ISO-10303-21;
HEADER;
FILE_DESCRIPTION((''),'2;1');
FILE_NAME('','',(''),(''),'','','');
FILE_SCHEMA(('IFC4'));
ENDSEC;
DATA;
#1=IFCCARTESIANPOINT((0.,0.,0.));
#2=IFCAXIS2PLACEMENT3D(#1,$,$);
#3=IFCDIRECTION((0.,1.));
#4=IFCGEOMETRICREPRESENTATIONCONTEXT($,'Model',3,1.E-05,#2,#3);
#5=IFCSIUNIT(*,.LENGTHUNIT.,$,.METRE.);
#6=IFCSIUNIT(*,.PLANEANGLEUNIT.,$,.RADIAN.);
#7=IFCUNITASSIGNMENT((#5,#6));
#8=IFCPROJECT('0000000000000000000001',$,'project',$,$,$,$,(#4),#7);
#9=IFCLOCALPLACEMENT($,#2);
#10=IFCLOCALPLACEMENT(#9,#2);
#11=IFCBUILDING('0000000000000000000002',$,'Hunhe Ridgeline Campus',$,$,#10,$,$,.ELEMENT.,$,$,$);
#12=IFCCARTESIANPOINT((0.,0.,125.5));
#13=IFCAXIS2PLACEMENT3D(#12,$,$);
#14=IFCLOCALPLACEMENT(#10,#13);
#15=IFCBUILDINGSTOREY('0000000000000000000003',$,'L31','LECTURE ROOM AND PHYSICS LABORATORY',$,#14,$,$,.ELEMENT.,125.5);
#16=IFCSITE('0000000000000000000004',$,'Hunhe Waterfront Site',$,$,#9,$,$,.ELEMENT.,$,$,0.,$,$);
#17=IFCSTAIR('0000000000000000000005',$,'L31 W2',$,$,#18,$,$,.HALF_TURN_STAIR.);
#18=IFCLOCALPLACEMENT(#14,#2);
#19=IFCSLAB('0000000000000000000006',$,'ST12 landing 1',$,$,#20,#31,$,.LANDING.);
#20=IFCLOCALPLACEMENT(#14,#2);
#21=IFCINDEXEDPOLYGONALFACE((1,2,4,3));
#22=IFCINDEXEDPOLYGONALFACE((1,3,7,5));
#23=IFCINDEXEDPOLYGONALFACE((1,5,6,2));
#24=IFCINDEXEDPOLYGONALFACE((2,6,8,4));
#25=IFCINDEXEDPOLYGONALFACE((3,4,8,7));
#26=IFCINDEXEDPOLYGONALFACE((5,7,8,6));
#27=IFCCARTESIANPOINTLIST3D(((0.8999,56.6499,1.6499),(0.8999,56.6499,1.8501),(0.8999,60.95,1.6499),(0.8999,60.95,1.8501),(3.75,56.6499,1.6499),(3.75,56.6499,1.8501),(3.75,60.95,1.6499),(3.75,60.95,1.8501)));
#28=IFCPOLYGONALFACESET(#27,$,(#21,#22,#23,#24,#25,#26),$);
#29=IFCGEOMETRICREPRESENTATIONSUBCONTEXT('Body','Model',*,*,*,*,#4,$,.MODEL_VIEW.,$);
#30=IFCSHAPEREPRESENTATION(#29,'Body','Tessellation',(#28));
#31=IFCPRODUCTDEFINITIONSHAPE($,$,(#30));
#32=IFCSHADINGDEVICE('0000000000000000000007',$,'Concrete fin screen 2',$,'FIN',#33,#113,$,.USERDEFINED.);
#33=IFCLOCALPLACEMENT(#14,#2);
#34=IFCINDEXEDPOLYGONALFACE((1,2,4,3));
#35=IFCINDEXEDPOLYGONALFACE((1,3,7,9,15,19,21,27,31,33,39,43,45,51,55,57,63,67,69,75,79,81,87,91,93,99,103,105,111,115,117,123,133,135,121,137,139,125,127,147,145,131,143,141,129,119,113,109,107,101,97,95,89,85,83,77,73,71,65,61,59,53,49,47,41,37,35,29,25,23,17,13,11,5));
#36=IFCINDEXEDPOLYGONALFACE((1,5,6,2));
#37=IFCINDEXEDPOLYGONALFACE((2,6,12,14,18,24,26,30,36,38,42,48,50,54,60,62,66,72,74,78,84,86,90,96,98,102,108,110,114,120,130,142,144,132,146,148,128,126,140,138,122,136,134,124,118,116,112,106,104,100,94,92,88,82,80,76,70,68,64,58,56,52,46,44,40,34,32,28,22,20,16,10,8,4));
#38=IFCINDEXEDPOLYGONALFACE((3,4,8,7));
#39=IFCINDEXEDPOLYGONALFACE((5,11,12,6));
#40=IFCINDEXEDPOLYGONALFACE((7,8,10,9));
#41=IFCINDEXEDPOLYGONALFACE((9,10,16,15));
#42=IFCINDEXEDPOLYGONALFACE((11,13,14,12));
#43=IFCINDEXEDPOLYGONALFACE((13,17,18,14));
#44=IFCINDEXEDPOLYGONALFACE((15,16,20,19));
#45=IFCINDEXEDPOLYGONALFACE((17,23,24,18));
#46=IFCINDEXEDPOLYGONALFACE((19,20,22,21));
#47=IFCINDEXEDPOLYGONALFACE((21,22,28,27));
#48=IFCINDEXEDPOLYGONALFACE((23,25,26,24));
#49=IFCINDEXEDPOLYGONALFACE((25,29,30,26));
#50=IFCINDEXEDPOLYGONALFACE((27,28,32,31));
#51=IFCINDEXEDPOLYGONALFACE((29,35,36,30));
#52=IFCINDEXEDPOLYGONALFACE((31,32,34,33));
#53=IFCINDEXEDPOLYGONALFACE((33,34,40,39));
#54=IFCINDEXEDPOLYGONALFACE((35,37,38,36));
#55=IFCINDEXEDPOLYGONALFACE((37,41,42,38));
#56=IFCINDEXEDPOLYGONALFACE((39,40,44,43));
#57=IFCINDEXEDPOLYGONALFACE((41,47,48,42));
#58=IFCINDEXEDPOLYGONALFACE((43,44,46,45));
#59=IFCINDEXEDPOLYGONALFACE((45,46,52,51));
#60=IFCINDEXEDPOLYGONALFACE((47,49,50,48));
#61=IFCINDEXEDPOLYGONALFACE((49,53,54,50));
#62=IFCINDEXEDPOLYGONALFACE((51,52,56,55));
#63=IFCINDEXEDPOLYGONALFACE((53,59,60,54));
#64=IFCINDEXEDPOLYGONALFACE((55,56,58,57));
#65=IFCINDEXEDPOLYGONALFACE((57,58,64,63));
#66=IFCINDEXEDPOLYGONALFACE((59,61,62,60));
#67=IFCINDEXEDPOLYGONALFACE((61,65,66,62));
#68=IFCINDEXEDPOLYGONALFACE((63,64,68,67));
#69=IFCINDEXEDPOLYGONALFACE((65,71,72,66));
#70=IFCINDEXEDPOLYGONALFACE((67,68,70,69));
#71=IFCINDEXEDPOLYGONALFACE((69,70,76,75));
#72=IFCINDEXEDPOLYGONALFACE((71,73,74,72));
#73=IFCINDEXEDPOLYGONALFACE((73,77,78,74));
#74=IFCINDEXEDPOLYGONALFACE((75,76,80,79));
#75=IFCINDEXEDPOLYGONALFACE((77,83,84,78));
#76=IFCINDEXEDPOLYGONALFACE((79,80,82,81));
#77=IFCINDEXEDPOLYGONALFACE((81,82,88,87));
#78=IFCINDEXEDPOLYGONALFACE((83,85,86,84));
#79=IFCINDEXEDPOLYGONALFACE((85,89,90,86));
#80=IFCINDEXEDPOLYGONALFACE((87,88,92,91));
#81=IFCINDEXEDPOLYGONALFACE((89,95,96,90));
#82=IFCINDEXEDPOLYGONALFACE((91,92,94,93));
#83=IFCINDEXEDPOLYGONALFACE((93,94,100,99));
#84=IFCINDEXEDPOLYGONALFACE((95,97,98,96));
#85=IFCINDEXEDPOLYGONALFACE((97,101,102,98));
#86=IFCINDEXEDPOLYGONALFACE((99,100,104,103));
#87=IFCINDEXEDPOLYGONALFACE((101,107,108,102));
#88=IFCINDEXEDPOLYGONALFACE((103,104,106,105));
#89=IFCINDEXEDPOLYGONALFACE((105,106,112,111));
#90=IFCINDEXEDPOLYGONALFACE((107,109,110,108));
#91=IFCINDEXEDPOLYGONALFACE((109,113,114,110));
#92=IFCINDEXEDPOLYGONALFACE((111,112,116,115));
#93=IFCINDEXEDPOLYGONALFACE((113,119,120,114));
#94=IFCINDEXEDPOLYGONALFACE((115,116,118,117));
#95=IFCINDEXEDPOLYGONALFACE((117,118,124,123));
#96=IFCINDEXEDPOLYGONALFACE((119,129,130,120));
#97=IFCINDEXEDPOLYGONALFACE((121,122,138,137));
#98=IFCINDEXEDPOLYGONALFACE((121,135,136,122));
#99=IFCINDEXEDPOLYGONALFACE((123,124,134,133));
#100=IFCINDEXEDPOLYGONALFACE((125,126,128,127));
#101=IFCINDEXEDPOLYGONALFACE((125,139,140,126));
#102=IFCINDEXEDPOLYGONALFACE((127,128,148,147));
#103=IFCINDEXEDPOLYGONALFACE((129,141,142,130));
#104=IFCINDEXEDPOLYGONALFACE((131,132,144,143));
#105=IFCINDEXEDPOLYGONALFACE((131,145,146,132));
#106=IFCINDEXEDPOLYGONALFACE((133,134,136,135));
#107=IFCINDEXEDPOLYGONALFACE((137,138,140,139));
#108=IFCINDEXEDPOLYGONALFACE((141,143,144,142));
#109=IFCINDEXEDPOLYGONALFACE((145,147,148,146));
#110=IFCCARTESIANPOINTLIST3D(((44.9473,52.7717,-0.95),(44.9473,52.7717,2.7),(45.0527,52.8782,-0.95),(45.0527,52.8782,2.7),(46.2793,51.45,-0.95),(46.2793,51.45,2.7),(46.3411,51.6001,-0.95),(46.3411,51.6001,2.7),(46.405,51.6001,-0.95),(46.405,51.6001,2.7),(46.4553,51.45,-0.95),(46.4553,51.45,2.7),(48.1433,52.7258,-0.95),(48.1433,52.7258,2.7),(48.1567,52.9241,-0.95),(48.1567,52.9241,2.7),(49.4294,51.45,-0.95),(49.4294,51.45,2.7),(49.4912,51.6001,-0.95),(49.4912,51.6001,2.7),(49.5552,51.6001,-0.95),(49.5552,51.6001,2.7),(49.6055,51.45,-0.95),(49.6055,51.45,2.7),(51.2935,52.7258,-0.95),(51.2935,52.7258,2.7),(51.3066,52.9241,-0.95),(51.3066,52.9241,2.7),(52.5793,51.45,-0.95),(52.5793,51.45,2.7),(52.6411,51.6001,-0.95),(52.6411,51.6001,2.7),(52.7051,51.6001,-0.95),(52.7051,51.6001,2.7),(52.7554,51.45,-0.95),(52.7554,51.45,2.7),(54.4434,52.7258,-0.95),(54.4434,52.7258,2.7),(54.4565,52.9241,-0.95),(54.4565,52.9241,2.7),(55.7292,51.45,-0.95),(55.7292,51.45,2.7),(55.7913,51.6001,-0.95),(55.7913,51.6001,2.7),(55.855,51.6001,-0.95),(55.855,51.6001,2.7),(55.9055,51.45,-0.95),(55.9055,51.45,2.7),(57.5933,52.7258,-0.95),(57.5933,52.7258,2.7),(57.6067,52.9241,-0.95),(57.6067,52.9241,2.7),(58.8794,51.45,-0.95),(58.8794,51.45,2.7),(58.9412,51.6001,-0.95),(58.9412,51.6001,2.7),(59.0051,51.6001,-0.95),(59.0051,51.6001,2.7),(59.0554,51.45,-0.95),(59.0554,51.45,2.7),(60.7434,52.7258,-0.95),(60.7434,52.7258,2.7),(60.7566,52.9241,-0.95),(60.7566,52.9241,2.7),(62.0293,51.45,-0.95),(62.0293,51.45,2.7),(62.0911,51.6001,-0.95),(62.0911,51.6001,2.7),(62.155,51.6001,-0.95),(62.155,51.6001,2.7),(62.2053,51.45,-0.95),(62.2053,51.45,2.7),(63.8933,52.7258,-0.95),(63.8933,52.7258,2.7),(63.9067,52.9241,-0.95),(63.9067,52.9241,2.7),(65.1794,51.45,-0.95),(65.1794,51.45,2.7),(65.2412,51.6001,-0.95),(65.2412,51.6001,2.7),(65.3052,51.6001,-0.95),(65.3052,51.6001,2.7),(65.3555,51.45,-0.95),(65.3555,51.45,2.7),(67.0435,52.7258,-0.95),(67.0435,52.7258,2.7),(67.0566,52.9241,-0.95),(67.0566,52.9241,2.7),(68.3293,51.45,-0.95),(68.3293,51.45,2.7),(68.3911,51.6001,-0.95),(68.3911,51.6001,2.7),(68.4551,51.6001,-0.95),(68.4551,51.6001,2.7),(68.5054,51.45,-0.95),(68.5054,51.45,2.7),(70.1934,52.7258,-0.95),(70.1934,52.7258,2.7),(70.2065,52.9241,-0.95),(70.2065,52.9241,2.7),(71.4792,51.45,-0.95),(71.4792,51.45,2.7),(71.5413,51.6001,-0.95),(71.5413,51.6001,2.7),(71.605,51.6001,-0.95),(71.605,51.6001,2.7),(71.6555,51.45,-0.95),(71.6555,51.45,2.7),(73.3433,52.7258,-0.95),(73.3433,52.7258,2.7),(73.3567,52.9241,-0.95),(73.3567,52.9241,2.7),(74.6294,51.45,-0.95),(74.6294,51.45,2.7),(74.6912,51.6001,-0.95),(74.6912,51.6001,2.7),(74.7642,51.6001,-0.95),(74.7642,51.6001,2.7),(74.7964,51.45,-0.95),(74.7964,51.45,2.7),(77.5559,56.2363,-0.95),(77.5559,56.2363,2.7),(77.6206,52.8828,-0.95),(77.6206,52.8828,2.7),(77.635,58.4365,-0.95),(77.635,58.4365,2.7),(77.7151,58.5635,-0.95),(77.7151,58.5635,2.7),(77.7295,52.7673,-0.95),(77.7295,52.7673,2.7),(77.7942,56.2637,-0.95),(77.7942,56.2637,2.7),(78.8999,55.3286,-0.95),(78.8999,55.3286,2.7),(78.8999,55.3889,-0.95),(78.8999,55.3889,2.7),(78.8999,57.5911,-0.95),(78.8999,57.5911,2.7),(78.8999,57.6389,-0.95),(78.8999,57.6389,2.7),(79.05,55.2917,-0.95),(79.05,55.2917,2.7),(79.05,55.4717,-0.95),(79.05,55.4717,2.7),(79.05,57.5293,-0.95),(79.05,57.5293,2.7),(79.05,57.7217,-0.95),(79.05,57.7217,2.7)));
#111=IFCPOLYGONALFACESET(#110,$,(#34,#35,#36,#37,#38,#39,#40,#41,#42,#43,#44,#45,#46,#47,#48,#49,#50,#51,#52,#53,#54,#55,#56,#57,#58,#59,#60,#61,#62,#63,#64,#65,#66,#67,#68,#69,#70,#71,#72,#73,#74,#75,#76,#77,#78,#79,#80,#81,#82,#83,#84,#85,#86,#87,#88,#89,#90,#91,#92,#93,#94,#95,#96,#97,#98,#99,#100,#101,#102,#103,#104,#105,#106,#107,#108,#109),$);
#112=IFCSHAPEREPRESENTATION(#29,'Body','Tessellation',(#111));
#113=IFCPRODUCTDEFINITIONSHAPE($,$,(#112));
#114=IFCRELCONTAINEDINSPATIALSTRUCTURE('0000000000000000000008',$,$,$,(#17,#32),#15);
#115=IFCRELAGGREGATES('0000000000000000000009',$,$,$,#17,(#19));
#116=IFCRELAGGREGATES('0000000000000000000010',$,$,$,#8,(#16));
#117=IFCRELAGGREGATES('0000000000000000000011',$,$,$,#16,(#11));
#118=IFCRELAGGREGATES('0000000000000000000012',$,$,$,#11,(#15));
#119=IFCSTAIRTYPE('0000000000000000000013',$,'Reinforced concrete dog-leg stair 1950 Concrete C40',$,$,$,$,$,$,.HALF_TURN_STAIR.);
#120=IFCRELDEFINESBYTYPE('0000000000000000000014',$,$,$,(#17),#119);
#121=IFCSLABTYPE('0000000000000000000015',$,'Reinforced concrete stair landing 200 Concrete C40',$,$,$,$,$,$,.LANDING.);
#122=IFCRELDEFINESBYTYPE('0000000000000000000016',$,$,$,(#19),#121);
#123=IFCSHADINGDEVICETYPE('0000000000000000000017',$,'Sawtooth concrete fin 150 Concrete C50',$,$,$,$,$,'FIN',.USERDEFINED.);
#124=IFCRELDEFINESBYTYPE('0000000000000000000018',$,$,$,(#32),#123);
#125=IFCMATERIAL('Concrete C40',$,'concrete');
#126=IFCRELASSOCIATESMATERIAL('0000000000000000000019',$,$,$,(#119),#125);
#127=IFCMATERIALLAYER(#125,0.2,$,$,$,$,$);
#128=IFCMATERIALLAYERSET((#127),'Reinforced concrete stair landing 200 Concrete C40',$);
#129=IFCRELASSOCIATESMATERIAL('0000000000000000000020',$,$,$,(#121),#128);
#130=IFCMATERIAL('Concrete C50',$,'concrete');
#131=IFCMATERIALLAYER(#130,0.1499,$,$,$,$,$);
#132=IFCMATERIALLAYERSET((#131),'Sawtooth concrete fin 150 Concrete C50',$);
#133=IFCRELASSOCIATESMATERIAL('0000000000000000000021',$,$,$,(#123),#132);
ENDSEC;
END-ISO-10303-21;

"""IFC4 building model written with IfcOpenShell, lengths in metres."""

from ifc_helpers import new_model, si_unit, direction, frame, origin, place, context, subcontext, project, spatial, polyline, outline, extrude, material, layer, layer_set, type_object, element, aggregate, save


model = new_model("IFC4")

# Units and contexts
model_context = context("Model", 3, precision=1e-05, world=origin(), true_north=direction((0.0, 1.0)))
body_context = subcontext(model_context, "Body", "Model", "MODEL_VIEW")
ifc_project = project(units=[si_unit("LENGTHUNIT", "METRE"), si_unit("PLANEANGLEUNIT", "RADIAN")], contexts=[model_context])

# Site, building, storey
site_placement = place(None, origin())
site = spatial("IfcSite", under=ifc_project, at=site_placement, Name="Hunhe Waterfront Site", CompositionType="ELEMENT", RefElevation=0.0)
building_placement = place(site_placement, origin())
building = spatial("IfcBuilding", under=site, at=building_placement, Name="Hunhe Ridgeline Campus", CompositionType="ELEMENT")
storey_placement = place(building_placement, frame((0.0, 0.0, 125.5)))
storey = spatial("IfcBuildingStorey", under=building, at=storey_placement, Name="L31", Description="LECTURE ROOM AND PHYSICS LABORATORY", CompositionType="ELEMENT", Elevation=125.5)

# Shared definitions
ifc_material_1 = material(Name="Concrete C40", Category="concrete")

# Shared definitions
stair_type = type_object("IfcStairType", Name="Reinforced concrete dog-leg stair 1950 Concrete C40", PredefinedType="HALF_TURN_STAIR", material=ifc_material_1)
ifc_layer_1 = layer(ifc_material_1, 0.2)
ifc_layer_set_1 = layer_set([ifc_layer_1], Name="Reinforced concrete stair landing 200 Concrete C40")
slab_type_1 = type_object("IfcSlabType", Name="Reinforced concrete stair landing 200 Concrete C40", PredefinedType="LANDING", material=ifc_layer_set_1)

# Stair, slab
stair_1_placement = place(storey_placement, origin())
stair_1 = element("IfcStair", 1, at=stair_1_placement, inside=storey, type_object=stair_type, Name="L31 W2", PredefinedType="HALF_TURN_STAIR")
slab_1_placement = place(storey_placement, frame((0.0, 0.0, 1.6499)))
slab_1 = element("IfcSlab", 2, at=slab_1_placement, type_object=slab_type_1, Name="ST12 landing 1", PredefinedType="LANDING", context=body_context, shape_type="SweptSolid", body=[
    extrude(outline(polyline([(3.75, 60.95), (0.8999, 60.95), (0.8999, 56.6499), (3.75, 56.6499), (3.75, 60.95)])), origin(), (0.0, 0.0, 1.0), 0.2002),
])
aggregate(stair_1, [slab_1])

# Shading device
ifc_material_2 = material(Name="Concrete C50", Category="concrete")
ifc_layer_2 = layer(ifc_material_2, 0.1499)
ifc_layer_set_2 = layer_set([ifc_layer_2], Name="Sawtooth concrete fin 150 Concrete C50")
shading_device_type = type_object("IfcShadingDeviceType", Name="Sawtooth concrete fin 150 Concrete C50", ElementType="FIN", PredefinedType="USERDEFINED", material=ifc_layer_set_2)
shading_device_1_placement = place(storey_placement, frame((0.0, 0.0, -0.95)))
element("IfcShadingDevice", 3, at=shading_device_1_placement, inside=storey, type_object=shading_device_type, Name="Concrete fin screen 2", ObjectType="FIN", PredefinedType="USERDEFINED", context=body_context, shape_type="SweptSolid", body=[
    extrude(outline(polyline([(45.0527, 52.8782), (44.9473, 52.7717), (46.2793, 51.45), (46.4553, 51.45), (48.1433, 52.7258), (49.4294, 51.45), (49.6055, 51.45), (51.2935, 52.7258), (52.5793, 51.45), (52.7554, 51.45), (54.4434, 52.7258), (55.7292, 51.45), (55.9055, 51.45), (57.5933, 52.7258), (58.8794, 51.45), (59.0554, 51.45), (60.7434, 52.7258), (62.0293, 51.45), (62.2053, 51.45), (63.8933, 52.7258), (65.1794, 51.45), (65.3555, 51.45), (67.0435, 52.7258), (68.3293, 51.45), (68.5054, 51.45), (70.1934, 52.7258), (71.4792, 51.45), (71.6555, 51.45), (73.3433, 52.7258), (74.6294, 51.45), (74.7964, 51.45), (77.7295, 52.7673), (79.05, 55.2917), (79.05, 55.4717), (77.7942, 56.2637), (79.05, 57.5293), (79.05, 57.7217), (77.7151, 58.5635), (77.635, 58.4365), (78.8999, 57.6389), (78.8999, 57.5911), (77.5559, 56.2363), (78.8999, 55.3889), (78.8999, 55.3286), (77.6206, 52.8828), (74.7642, 51.6001), (74.6912, 51.6001), (73.3567, 52.9241), (71.605, 51.6001), (71.5413, 51.6001), (70.2065, 52.9241), (68.4551, 51.6001), (68.3911, 51.6001), (67.0566, 52.9241), (65.3052, 51.6001), (65.2412, 51.6001), (63.9067, 52.9241), (62.155, 51.6001), (62.0911, 51.6001), (60.7566, 52.9241), (59.0051, 51.6001), (58.9412, 51.6001), (57.6067, 52.9241), (55.855, 51.6001), (55.7913, 51.6001), (54.4565, 52.9241), (52.7051, 51.6001), (52.6411, 51.6001), (51.3066, 52.9241), (49.5552, 51.6001), (49.4912, 51.6001), (48.1567, 52.9241), (46.405, 51.6001), (46.3411, 51.6001), (45.0527, 52.8782)])), origin(), (0.0, 0.0, 1.0), 3.6499),
])

save(model, "model.ifc")
